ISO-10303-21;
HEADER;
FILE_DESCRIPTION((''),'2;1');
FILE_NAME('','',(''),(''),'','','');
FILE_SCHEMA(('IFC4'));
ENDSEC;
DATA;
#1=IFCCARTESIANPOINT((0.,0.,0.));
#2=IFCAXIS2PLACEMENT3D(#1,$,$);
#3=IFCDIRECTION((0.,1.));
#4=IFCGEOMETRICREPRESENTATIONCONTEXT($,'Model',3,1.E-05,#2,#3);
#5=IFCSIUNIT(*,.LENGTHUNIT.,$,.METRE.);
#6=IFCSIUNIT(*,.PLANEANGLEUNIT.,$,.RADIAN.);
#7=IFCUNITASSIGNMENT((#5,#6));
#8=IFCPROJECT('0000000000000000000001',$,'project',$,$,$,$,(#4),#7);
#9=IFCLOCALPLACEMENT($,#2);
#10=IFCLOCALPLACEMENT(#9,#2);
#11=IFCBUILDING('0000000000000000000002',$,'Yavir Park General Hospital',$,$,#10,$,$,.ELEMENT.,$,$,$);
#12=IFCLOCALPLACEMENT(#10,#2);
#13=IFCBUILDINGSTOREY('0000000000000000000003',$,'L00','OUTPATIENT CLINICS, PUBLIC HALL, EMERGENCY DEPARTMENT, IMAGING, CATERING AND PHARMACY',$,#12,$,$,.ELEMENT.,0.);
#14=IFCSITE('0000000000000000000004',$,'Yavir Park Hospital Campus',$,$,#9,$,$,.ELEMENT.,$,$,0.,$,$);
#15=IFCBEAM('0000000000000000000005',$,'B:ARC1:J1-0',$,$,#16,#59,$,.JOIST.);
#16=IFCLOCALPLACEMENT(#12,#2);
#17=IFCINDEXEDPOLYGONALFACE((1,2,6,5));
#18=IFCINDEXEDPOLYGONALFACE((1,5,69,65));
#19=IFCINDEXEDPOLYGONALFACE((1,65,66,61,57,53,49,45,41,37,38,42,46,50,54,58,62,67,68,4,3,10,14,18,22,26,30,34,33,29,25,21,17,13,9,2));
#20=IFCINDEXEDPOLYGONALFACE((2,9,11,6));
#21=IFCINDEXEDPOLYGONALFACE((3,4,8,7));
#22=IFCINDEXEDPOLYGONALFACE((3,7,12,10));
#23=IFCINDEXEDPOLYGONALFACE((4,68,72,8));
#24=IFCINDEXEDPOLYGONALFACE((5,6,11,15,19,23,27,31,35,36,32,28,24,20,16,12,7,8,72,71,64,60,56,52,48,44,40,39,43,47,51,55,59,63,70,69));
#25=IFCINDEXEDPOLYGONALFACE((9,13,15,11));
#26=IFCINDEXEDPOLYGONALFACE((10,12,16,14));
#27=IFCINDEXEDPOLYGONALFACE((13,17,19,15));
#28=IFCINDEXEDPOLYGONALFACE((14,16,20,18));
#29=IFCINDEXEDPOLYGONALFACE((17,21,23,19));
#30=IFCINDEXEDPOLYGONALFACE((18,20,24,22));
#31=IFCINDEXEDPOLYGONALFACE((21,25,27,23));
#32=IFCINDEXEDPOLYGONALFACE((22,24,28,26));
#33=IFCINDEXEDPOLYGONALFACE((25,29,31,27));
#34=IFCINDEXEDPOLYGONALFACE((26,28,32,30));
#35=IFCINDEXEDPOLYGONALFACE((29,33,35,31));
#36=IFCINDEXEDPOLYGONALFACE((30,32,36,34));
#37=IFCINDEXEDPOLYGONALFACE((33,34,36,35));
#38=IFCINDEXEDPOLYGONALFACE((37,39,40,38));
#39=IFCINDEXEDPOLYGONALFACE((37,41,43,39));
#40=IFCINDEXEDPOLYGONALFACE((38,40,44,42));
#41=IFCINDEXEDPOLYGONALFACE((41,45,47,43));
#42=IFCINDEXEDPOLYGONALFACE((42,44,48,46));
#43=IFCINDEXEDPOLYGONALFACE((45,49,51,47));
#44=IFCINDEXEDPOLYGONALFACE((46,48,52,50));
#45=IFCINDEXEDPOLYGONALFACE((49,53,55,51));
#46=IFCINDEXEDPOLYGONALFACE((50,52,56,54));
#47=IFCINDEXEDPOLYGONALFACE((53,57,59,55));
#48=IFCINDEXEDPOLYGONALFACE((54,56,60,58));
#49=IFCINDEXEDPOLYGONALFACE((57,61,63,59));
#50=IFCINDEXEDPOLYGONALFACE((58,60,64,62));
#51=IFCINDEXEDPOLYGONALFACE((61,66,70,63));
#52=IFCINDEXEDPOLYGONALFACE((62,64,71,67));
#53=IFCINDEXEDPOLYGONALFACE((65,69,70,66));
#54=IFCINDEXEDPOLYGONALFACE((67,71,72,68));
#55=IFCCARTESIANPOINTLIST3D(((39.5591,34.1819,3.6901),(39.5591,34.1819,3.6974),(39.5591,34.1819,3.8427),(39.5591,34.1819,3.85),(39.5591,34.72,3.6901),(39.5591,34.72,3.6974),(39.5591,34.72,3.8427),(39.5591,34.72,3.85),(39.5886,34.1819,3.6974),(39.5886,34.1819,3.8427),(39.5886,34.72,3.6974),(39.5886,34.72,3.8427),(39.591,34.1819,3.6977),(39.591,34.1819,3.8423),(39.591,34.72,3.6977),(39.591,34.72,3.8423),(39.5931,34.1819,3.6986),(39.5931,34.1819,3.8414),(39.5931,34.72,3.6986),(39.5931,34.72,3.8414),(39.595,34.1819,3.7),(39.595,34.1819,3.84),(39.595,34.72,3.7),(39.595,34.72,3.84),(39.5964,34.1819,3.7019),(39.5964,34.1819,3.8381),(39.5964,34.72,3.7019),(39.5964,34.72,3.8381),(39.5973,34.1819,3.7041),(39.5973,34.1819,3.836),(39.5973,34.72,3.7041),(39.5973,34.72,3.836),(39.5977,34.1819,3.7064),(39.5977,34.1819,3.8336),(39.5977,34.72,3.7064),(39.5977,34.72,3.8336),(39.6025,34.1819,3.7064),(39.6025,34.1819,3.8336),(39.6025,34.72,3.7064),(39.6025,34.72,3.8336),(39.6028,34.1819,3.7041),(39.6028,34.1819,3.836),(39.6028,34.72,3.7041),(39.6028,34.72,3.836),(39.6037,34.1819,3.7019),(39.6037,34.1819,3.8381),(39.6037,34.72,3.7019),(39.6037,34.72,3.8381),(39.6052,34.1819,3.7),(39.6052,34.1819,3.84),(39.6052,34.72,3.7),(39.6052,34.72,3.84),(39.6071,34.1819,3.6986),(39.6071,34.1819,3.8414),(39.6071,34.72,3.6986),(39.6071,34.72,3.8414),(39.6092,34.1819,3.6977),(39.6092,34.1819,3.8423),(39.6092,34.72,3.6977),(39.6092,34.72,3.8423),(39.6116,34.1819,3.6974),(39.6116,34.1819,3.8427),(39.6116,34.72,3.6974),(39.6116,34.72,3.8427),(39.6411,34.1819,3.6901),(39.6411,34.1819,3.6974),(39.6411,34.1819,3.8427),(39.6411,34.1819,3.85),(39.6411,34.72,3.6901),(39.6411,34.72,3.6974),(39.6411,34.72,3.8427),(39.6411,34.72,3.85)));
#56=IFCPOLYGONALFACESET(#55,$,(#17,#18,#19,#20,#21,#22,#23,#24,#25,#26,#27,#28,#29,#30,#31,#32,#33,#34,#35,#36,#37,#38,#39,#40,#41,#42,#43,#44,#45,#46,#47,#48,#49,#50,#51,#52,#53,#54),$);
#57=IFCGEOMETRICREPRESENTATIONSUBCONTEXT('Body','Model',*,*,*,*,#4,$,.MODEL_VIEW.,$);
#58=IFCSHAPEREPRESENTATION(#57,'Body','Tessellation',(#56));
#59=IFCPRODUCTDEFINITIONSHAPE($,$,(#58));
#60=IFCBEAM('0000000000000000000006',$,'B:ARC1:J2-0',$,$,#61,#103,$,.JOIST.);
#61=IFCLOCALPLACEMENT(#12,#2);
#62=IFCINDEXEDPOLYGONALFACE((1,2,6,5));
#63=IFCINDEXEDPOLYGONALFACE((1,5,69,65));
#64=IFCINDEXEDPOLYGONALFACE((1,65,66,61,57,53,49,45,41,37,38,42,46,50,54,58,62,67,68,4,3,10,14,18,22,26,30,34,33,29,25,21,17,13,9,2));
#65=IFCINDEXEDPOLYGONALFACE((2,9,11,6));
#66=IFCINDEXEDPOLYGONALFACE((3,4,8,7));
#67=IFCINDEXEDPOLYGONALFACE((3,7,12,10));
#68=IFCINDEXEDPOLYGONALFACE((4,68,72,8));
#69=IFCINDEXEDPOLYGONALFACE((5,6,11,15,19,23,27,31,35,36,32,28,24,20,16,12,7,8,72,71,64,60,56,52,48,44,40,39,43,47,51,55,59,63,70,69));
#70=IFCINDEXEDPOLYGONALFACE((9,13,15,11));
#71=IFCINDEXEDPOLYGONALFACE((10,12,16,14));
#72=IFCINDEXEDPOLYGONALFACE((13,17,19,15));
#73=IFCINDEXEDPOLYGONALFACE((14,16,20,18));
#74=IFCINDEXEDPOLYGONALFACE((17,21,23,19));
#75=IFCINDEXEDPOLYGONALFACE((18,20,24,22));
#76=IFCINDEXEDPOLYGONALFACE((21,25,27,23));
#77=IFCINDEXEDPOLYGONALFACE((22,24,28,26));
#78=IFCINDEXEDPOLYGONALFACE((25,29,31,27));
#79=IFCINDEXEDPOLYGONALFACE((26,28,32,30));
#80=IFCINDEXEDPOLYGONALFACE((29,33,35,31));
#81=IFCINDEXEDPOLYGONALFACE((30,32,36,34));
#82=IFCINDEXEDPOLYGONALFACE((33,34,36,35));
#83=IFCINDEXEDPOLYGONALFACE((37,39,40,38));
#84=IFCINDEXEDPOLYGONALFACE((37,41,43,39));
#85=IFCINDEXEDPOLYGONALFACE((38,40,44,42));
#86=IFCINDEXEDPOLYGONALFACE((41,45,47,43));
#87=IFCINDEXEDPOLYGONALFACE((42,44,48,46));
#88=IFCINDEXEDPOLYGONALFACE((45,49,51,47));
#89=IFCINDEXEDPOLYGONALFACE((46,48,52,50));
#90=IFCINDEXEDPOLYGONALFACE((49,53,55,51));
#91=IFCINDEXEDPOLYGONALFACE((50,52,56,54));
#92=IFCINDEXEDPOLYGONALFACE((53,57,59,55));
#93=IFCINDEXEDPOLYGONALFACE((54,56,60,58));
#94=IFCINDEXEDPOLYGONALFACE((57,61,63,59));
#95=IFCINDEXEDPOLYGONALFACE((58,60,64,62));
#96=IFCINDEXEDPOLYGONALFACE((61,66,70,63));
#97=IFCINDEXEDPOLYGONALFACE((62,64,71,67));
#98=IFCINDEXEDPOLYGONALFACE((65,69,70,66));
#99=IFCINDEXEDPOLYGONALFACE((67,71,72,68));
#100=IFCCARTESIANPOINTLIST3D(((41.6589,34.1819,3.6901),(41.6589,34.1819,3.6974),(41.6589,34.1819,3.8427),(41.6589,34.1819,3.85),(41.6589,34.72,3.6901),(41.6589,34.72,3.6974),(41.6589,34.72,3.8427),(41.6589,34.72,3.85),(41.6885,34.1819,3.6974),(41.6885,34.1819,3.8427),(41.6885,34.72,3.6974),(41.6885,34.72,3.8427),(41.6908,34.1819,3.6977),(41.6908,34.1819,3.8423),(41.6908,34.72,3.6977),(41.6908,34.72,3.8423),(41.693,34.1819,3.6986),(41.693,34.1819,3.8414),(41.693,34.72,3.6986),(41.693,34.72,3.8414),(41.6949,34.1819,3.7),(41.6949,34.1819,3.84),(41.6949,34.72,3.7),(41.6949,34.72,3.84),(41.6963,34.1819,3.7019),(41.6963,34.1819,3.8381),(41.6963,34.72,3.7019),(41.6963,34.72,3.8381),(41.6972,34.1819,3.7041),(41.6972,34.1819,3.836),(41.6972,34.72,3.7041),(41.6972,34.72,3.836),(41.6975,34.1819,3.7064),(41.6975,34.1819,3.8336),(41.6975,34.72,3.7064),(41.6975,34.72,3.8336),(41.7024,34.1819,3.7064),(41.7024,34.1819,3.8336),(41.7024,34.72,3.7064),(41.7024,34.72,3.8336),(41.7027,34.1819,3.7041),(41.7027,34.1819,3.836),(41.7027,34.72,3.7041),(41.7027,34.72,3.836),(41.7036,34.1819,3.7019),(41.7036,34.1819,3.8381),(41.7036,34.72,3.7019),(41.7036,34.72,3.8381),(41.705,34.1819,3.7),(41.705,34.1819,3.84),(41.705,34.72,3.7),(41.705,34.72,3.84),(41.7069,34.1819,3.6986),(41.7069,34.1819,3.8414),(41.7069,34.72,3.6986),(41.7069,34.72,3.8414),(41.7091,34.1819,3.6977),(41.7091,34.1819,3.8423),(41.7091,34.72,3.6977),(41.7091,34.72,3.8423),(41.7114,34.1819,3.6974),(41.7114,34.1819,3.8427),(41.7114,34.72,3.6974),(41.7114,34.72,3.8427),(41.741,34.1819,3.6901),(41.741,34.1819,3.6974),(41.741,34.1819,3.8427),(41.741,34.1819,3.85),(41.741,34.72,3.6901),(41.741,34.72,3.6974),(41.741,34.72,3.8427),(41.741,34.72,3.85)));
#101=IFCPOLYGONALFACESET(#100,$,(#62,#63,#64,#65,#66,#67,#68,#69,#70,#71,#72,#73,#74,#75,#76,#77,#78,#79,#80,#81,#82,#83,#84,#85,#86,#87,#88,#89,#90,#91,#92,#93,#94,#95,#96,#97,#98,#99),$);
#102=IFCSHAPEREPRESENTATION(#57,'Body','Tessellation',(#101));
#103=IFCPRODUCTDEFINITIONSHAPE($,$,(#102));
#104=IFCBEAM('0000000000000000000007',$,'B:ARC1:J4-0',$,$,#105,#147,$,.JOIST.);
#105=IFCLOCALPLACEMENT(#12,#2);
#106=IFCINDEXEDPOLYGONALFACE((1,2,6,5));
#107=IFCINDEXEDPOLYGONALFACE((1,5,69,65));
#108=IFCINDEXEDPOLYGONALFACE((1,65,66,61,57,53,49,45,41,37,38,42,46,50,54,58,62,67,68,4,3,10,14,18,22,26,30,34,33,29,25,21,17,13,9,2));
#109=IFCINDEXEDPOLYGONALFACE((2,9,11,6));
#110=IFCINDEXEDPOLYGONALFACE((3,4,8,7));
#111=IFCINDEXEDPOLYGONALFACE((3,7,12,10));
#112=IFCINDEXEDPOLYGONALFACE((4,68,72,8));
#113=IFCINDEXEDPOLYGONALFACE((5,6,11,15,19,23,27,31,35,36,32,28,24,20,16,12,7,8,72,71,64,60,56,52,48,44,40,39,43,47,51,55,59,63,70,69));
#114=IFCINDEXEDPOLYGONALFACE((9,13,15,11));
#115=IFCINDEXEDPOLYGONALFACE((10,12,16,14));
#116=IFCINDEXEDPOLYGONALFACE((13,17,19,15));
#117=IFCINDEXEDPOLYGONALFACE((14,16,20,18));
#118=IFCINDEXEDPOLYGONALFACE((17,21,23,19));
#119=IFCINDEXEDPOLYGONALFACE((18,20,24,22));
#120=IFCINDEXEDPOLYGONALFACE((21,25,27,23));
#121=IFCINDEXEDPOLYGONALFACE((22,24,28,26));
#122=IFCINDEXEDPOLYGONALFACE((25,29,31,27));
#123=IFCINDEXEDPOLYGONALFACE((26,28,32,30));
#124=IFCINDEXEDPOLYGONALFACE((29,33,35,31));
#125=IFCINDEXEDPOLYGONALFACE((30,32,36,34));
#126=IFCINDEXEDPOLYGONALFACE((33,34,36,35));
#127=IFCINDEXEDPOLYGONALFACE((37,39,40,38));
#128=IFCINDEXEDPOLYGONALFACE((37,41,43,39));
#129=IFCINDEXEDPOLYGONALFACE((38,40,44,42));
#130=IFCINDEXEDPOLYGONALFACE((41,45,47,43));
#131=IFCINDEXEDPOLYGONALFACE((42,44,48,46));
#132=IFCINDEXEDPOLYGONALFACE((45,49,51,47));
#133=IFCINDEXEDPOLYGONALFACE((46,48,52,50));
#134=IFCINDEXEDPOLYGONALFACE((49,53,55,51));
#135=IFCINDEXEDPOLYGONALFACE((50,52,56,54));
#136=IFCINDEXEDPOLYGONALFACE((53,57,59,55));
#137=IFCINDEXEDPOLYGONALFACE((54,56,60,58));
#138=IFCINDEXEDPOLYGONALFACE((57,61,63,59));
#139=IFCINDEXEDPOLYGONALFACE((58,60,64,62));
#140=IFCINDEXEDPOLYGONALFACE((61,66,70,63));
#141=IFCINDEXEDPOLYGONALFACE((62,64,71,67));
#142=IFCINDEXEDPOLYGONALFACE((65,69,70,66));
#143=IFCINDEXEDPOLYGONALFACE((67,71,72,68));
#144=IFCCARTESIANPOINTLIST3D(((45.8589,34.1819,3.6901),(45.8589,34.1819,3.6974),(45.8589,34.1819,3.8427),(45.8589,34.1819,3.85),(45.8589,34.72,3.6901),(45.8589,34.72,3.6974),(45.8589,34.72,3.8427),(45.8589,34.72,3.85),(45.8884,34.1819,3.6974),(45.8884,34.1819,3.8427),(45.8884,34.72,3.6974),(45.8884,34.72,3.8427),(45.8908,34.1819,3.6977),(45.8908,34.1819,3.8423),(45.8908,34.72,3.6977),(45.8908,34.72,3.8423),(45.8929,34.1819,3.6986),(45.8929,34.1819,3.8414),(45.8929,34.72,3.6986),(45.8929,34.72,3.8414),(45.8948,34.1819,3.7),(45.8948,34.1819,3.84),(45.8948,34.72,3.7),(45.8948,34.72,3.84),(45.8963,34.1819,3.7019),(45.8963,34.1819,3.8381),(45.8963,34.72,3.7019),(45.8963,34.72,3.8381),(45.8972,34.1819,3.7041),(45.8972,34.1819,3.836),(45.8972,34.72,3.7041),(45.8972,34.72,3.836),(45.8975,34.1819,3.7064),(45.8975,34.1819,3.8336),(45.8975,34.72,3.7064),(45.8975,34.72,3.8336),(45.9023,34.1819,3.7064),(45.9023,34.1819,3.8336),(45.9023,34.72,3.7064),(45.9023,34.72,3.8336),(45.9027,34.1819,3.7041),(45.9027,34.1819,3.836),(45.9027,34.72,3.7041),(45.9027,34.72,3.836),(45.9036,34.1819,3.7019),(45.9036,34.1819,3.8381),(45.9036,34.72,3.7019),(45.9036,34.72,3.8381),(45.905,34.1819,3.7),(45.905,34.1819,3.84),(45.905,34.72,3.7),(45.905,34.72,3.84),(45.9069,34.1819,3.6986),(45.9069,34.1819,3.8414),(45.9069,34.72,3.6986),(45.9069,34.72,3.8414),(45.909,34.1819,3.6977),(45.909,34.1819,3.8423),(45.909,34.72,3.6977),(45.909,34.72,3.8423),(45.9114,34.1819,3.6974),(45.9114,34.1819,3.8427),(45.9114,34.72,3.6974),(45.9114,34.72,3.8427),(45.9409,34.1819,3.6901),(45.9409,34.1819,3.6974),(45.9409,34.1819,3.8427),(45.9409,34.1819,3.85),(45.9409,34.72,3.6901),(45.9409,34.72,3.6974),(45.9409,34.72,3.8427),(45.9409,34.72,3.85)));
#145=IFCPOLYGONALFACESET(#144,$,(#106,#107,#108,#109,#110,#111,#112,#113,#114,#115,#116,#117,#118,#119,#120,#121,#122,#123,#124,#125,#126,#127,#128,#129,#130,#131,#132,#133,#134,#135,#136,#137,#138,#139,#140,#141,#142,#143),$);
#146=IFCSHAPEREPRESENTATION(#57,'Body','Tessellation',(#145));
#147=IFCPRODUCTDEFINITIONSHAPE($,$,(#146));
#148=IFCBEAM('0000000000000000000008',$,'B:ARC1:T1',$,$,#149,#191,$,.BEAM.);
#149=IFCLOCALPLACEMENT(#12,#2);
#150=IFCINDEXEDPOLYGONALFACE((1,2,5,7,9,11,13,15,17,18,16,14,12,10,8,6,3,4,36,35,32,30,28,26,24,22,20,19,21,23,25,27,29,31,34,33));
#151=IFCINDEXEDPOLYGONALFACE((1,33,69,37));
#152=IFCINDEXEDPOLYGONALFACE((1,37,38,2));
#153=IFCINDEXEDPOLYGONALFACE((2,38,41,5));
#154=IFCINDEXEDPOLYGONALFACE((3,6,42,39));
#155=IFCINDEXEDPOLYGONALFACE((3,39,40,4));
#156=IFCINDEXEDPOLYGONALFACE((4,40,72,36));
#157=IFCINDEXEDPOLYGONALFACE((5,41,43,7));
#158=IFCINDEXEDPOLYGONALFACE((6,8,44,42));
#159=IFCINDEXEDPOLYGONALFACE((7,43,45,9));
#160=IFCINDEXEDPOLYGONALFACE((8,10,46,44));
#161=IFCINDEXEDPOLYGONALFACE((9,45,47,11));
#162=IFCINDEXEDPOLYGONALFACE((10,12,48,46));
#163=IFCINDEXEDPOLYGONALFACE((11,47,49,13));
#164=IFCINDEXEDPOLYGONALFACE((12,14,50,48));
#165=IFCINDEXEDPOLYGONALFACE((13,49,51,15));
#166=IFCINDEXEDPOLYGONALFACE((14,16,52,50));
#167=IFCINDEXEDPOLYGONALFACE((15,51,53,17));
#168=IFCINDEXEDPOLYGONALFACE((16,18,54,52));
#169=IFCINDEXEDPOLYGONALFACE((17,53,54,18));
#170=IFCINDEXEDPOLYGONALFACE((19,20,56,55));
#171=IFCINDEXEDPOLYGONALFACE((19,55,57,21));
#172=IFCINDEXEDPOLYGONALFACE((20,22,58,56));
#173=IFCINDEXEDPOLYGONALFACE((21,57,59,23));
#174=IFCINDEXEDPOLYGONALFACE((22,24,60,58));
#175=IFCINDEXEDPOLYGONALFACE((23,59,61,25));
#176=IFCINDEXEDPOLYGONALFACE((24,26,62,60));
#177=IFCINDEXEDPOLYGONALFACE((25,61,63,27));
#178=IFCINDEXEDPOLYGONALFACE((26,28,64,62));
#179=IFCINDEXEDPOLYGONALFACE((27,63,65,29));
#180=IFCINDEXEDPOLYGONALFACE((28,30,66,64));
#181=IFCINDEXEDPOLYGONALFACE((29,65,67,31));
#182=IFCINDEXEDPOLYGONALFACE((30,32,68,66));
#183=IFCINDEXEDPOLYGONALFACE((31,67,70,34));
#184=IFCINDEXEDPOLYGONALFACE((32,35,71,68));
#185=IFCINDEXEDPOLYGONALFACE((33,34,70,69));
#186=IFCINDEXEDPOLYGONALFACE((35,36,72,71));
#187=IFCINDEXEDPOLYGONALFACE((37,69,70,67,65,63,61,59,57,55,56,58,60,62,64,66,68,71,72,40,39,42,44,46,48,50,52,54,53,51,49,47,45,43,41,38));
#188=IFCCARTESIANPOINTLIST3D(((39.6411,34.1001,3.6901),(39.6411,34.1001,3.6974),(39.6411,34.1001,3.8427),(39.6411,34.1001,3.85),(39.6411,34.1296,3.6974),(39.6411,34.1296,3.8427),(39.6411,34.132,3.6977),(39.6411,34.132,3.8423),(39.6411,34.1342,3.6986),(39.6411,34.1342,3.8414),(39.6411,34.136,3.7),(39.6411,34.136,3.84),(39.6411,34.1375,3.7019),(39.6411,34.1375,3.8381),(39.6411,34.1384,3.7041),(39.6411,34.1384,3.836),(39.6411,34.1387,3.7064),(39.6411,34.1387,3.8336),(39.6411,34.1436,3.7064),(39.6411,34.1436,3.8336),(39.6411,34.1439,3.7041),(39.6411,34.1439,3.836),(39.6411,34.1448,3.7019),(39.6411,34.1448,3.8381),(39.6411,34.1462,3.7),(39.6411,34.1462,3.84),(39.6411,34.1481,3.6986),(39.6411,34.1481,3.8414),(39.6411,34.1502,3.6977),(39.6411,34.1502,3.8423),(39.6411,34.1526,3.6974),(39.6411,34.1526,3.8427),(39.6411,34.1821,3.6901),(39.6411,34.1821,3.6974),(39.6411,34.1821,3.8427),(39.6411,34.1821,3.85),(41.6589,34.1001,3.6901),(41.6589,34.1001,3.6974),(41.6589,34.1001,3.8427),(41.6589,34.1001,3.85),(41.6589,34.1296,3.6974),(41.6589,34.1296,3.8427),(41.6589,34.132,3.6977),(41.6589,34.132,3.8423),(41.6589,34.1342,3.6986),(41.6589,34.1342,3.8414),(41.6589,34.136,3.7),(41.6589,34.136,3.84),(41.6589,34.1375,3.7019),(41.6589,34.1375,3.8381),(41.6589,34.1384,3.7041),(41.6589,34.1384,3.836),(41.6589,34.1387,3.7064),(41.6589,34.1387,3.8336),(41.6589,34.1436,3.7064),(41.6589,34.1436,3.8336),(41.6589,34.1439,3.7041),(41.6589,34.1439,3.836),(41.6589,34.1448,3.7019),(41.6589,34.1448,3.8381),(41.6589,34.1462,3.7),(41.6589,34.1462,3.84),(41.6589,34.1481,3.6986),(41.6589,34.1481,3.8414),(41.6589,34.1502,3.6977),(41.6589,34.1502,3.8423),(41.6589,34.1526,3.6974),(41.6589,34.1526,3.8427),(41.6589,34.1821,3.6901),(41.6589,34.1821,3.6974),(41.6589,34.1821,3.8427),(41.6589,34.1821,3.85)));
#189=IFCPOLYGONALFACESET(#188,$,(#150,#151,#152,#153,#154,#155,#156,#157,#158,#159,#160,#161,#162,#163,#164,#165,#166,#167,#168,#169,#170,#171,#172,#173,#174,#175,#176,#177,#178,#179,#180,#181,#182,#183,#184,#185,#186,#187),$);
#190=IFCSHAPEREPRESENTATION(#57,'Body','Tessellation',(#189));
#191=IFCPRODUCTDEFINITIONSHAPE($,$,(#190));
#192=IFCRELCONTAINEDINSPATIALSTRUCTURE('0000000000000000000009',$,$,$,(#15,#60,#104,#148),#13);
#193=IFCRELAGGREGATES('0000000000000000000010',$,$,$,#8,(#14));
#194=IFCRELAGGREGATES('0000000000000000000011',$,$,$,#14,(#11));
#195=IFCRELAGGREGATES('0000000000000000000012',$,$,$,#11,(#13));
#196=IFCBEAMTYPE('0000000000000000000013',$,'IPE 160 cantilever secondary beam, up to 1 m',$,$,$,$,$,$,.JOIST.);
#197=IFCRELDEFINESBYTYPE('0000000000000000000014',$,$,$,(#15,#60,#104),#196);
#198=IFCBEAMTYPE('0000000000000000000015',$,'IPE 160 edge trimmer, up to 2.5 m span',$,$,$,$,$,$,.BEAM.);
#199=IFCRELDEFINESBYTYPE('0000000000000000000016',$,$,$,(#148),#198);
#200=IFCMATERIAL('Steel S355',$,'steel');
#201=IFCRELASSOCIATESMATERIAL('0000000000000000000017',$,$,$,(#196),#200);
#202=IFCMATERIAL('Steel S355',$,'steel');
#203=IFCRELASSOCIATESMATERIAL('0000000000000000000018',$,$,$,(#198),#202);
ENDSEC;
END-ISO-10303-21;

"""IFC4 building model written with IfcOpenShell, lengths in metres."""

from ifc_helpers import new_model, si_unit, direction, frame, origin, origin_2d, place, context, subcontext, project, spatial, i_section, extrude, material, material_profile, profile_set, type_object, element, save


model = new_model("IFC4")

# Units and contexts
model_context = context("Model", 3, precision=1e-05, world=origin(), true_north=direction((0.0, 1.0)))
body_context = subcontext(model_context, "Body", "Model", "MODEL_VIEW")
ifc_project = project(units=[si_unit("LENGTHUNIT", "METRE"), si_unit("PLANEANGLEUNIT", "RADIAN")], contexts=[model_context])

# Site, building, storey
site_placement = place(None, origin())
site = spatial("IfcSite", under=ifc_project, at=site_placement, Name="Yavir Park Hospital Campus", CompositionType="ELEMENT", RefElevation=0.0)
building_placement = place(site_placement, origin())
building = spatial("IfcBuilding", under=site, at=building_placement, Name="Yavir Park General Hospital", CompositionType="ELEMENT")
storey_placement = place(building_placement, origin())
storey = spatial("IfcBuildingStorey", under=building, at=storey_placement, Name="L00", Description="OUTPATIENT CLINICS, PUBLIC HALL, EMERGENCY DEPARTMENT, IMAGING, CATERING AND PHARMACY", CompositionType="ELEMENT", Elevation=0.0)

# Beams
ifc_material_1 = material(Name="Steel S355", Category="steel")
ifc_material_profile_1 = material_profile(ifc_material_1, i_section(OverallWidth=0.082, OverallDepth=0.1599, WebThickness=0.0049, FlangeThickness=0.0073, FilletRadius=0.009, at=origin_2d()), Name="IPE160")
ifc_profile_set_1 = profile_set([ifc_material_profile_1], Name="Steel S355")
beam_type_1 = type_object("IfcBeamType", Name="IPE 160 cantilever secondary beam, up to 1 m", PredefinedType="JOIST", material=ifc_profile_set_1)
for number, where, z_axis, x_axis, name in (
    (1, (39.6001, 34.1819, 3.77), (0.0, 1.0, 0.0), (-1.0, 0.0, 0.0), "B:ARC1:J1-0"),
    (2, (41.7, 34.1819, 3.77), (0.0, 1.0, 0.0), (-1.0, 0.0, 0.0), "B:ARC1:J2-0"),
    (3, (45.8999, 34.1819, 3.77), (0.0, 1.0, 0.0), (-1.0, 0.0, 0.0), "B:ARC1:J4-0"),
):
    element("IfcBeam", number, at=place(storey_placement, frame(where, z_axis=z_axis, x_axis=x_axis)), inside=storey, type_object=beam_type_1, Name=name, PredefinedType="JOIST", context=body_context, shape_type="SweptSolid", body=[
        extrude(i_section(OverallWidth=0.082, OverallDepth=0.1599, WebThickness=0.0049, FlangeThickness=0.0073, FilletRadius=0.009, at=origin_2d()), origin(), (0.0, 0.0, 1.0), 0.5381),
    ])
ifc_material_2 = material(Name="Steel S355", Category="steel")
ifc_material_profile_2 = material_profile(ifc_material_2, i_section(OverallWidth=0.082, OverallDepth=0.1599, WebThickness=0.0049, FlangeThickness=0.0073, FilletRadius=0.009, at=origin_2d()), Name="IPE160")
ifc_profile_set_2 = profile_set([ifc_material_profile_2], Name="Steel S355")
beam_type_2 = type_object("IfcBeamType", Name="IPE 160 edge trimmer, up to 2.5 m span", PredefinedType="BEAM", material=ifc_profile_set_2)
beam_1_placement = place(storey_placement, frame((39.6411, 34.1411, 3.77), z_axis=(1.0, 0.0, 0.0), x_axis=(0.0, 1.0, 0.0)))
element("IfcBeam", 4, at=beam_1_placement, inside=storey, type_object=beam_type_2, Name="B:ARC1:T1", PredefinedType="BEAM", context=body_context, shape_type="SweptSolid", body=[
    extrude(i_section(OverallWidth=0.082, OverallDepth=0.1599, WebThickness=0.0049, FlangeThickness=0.0073, FilletRadius=0.009, at=origin_2d()), origin(), (0.0, 0.0, 1.0), 2.0178),
])

save(model, "model.ifc")
